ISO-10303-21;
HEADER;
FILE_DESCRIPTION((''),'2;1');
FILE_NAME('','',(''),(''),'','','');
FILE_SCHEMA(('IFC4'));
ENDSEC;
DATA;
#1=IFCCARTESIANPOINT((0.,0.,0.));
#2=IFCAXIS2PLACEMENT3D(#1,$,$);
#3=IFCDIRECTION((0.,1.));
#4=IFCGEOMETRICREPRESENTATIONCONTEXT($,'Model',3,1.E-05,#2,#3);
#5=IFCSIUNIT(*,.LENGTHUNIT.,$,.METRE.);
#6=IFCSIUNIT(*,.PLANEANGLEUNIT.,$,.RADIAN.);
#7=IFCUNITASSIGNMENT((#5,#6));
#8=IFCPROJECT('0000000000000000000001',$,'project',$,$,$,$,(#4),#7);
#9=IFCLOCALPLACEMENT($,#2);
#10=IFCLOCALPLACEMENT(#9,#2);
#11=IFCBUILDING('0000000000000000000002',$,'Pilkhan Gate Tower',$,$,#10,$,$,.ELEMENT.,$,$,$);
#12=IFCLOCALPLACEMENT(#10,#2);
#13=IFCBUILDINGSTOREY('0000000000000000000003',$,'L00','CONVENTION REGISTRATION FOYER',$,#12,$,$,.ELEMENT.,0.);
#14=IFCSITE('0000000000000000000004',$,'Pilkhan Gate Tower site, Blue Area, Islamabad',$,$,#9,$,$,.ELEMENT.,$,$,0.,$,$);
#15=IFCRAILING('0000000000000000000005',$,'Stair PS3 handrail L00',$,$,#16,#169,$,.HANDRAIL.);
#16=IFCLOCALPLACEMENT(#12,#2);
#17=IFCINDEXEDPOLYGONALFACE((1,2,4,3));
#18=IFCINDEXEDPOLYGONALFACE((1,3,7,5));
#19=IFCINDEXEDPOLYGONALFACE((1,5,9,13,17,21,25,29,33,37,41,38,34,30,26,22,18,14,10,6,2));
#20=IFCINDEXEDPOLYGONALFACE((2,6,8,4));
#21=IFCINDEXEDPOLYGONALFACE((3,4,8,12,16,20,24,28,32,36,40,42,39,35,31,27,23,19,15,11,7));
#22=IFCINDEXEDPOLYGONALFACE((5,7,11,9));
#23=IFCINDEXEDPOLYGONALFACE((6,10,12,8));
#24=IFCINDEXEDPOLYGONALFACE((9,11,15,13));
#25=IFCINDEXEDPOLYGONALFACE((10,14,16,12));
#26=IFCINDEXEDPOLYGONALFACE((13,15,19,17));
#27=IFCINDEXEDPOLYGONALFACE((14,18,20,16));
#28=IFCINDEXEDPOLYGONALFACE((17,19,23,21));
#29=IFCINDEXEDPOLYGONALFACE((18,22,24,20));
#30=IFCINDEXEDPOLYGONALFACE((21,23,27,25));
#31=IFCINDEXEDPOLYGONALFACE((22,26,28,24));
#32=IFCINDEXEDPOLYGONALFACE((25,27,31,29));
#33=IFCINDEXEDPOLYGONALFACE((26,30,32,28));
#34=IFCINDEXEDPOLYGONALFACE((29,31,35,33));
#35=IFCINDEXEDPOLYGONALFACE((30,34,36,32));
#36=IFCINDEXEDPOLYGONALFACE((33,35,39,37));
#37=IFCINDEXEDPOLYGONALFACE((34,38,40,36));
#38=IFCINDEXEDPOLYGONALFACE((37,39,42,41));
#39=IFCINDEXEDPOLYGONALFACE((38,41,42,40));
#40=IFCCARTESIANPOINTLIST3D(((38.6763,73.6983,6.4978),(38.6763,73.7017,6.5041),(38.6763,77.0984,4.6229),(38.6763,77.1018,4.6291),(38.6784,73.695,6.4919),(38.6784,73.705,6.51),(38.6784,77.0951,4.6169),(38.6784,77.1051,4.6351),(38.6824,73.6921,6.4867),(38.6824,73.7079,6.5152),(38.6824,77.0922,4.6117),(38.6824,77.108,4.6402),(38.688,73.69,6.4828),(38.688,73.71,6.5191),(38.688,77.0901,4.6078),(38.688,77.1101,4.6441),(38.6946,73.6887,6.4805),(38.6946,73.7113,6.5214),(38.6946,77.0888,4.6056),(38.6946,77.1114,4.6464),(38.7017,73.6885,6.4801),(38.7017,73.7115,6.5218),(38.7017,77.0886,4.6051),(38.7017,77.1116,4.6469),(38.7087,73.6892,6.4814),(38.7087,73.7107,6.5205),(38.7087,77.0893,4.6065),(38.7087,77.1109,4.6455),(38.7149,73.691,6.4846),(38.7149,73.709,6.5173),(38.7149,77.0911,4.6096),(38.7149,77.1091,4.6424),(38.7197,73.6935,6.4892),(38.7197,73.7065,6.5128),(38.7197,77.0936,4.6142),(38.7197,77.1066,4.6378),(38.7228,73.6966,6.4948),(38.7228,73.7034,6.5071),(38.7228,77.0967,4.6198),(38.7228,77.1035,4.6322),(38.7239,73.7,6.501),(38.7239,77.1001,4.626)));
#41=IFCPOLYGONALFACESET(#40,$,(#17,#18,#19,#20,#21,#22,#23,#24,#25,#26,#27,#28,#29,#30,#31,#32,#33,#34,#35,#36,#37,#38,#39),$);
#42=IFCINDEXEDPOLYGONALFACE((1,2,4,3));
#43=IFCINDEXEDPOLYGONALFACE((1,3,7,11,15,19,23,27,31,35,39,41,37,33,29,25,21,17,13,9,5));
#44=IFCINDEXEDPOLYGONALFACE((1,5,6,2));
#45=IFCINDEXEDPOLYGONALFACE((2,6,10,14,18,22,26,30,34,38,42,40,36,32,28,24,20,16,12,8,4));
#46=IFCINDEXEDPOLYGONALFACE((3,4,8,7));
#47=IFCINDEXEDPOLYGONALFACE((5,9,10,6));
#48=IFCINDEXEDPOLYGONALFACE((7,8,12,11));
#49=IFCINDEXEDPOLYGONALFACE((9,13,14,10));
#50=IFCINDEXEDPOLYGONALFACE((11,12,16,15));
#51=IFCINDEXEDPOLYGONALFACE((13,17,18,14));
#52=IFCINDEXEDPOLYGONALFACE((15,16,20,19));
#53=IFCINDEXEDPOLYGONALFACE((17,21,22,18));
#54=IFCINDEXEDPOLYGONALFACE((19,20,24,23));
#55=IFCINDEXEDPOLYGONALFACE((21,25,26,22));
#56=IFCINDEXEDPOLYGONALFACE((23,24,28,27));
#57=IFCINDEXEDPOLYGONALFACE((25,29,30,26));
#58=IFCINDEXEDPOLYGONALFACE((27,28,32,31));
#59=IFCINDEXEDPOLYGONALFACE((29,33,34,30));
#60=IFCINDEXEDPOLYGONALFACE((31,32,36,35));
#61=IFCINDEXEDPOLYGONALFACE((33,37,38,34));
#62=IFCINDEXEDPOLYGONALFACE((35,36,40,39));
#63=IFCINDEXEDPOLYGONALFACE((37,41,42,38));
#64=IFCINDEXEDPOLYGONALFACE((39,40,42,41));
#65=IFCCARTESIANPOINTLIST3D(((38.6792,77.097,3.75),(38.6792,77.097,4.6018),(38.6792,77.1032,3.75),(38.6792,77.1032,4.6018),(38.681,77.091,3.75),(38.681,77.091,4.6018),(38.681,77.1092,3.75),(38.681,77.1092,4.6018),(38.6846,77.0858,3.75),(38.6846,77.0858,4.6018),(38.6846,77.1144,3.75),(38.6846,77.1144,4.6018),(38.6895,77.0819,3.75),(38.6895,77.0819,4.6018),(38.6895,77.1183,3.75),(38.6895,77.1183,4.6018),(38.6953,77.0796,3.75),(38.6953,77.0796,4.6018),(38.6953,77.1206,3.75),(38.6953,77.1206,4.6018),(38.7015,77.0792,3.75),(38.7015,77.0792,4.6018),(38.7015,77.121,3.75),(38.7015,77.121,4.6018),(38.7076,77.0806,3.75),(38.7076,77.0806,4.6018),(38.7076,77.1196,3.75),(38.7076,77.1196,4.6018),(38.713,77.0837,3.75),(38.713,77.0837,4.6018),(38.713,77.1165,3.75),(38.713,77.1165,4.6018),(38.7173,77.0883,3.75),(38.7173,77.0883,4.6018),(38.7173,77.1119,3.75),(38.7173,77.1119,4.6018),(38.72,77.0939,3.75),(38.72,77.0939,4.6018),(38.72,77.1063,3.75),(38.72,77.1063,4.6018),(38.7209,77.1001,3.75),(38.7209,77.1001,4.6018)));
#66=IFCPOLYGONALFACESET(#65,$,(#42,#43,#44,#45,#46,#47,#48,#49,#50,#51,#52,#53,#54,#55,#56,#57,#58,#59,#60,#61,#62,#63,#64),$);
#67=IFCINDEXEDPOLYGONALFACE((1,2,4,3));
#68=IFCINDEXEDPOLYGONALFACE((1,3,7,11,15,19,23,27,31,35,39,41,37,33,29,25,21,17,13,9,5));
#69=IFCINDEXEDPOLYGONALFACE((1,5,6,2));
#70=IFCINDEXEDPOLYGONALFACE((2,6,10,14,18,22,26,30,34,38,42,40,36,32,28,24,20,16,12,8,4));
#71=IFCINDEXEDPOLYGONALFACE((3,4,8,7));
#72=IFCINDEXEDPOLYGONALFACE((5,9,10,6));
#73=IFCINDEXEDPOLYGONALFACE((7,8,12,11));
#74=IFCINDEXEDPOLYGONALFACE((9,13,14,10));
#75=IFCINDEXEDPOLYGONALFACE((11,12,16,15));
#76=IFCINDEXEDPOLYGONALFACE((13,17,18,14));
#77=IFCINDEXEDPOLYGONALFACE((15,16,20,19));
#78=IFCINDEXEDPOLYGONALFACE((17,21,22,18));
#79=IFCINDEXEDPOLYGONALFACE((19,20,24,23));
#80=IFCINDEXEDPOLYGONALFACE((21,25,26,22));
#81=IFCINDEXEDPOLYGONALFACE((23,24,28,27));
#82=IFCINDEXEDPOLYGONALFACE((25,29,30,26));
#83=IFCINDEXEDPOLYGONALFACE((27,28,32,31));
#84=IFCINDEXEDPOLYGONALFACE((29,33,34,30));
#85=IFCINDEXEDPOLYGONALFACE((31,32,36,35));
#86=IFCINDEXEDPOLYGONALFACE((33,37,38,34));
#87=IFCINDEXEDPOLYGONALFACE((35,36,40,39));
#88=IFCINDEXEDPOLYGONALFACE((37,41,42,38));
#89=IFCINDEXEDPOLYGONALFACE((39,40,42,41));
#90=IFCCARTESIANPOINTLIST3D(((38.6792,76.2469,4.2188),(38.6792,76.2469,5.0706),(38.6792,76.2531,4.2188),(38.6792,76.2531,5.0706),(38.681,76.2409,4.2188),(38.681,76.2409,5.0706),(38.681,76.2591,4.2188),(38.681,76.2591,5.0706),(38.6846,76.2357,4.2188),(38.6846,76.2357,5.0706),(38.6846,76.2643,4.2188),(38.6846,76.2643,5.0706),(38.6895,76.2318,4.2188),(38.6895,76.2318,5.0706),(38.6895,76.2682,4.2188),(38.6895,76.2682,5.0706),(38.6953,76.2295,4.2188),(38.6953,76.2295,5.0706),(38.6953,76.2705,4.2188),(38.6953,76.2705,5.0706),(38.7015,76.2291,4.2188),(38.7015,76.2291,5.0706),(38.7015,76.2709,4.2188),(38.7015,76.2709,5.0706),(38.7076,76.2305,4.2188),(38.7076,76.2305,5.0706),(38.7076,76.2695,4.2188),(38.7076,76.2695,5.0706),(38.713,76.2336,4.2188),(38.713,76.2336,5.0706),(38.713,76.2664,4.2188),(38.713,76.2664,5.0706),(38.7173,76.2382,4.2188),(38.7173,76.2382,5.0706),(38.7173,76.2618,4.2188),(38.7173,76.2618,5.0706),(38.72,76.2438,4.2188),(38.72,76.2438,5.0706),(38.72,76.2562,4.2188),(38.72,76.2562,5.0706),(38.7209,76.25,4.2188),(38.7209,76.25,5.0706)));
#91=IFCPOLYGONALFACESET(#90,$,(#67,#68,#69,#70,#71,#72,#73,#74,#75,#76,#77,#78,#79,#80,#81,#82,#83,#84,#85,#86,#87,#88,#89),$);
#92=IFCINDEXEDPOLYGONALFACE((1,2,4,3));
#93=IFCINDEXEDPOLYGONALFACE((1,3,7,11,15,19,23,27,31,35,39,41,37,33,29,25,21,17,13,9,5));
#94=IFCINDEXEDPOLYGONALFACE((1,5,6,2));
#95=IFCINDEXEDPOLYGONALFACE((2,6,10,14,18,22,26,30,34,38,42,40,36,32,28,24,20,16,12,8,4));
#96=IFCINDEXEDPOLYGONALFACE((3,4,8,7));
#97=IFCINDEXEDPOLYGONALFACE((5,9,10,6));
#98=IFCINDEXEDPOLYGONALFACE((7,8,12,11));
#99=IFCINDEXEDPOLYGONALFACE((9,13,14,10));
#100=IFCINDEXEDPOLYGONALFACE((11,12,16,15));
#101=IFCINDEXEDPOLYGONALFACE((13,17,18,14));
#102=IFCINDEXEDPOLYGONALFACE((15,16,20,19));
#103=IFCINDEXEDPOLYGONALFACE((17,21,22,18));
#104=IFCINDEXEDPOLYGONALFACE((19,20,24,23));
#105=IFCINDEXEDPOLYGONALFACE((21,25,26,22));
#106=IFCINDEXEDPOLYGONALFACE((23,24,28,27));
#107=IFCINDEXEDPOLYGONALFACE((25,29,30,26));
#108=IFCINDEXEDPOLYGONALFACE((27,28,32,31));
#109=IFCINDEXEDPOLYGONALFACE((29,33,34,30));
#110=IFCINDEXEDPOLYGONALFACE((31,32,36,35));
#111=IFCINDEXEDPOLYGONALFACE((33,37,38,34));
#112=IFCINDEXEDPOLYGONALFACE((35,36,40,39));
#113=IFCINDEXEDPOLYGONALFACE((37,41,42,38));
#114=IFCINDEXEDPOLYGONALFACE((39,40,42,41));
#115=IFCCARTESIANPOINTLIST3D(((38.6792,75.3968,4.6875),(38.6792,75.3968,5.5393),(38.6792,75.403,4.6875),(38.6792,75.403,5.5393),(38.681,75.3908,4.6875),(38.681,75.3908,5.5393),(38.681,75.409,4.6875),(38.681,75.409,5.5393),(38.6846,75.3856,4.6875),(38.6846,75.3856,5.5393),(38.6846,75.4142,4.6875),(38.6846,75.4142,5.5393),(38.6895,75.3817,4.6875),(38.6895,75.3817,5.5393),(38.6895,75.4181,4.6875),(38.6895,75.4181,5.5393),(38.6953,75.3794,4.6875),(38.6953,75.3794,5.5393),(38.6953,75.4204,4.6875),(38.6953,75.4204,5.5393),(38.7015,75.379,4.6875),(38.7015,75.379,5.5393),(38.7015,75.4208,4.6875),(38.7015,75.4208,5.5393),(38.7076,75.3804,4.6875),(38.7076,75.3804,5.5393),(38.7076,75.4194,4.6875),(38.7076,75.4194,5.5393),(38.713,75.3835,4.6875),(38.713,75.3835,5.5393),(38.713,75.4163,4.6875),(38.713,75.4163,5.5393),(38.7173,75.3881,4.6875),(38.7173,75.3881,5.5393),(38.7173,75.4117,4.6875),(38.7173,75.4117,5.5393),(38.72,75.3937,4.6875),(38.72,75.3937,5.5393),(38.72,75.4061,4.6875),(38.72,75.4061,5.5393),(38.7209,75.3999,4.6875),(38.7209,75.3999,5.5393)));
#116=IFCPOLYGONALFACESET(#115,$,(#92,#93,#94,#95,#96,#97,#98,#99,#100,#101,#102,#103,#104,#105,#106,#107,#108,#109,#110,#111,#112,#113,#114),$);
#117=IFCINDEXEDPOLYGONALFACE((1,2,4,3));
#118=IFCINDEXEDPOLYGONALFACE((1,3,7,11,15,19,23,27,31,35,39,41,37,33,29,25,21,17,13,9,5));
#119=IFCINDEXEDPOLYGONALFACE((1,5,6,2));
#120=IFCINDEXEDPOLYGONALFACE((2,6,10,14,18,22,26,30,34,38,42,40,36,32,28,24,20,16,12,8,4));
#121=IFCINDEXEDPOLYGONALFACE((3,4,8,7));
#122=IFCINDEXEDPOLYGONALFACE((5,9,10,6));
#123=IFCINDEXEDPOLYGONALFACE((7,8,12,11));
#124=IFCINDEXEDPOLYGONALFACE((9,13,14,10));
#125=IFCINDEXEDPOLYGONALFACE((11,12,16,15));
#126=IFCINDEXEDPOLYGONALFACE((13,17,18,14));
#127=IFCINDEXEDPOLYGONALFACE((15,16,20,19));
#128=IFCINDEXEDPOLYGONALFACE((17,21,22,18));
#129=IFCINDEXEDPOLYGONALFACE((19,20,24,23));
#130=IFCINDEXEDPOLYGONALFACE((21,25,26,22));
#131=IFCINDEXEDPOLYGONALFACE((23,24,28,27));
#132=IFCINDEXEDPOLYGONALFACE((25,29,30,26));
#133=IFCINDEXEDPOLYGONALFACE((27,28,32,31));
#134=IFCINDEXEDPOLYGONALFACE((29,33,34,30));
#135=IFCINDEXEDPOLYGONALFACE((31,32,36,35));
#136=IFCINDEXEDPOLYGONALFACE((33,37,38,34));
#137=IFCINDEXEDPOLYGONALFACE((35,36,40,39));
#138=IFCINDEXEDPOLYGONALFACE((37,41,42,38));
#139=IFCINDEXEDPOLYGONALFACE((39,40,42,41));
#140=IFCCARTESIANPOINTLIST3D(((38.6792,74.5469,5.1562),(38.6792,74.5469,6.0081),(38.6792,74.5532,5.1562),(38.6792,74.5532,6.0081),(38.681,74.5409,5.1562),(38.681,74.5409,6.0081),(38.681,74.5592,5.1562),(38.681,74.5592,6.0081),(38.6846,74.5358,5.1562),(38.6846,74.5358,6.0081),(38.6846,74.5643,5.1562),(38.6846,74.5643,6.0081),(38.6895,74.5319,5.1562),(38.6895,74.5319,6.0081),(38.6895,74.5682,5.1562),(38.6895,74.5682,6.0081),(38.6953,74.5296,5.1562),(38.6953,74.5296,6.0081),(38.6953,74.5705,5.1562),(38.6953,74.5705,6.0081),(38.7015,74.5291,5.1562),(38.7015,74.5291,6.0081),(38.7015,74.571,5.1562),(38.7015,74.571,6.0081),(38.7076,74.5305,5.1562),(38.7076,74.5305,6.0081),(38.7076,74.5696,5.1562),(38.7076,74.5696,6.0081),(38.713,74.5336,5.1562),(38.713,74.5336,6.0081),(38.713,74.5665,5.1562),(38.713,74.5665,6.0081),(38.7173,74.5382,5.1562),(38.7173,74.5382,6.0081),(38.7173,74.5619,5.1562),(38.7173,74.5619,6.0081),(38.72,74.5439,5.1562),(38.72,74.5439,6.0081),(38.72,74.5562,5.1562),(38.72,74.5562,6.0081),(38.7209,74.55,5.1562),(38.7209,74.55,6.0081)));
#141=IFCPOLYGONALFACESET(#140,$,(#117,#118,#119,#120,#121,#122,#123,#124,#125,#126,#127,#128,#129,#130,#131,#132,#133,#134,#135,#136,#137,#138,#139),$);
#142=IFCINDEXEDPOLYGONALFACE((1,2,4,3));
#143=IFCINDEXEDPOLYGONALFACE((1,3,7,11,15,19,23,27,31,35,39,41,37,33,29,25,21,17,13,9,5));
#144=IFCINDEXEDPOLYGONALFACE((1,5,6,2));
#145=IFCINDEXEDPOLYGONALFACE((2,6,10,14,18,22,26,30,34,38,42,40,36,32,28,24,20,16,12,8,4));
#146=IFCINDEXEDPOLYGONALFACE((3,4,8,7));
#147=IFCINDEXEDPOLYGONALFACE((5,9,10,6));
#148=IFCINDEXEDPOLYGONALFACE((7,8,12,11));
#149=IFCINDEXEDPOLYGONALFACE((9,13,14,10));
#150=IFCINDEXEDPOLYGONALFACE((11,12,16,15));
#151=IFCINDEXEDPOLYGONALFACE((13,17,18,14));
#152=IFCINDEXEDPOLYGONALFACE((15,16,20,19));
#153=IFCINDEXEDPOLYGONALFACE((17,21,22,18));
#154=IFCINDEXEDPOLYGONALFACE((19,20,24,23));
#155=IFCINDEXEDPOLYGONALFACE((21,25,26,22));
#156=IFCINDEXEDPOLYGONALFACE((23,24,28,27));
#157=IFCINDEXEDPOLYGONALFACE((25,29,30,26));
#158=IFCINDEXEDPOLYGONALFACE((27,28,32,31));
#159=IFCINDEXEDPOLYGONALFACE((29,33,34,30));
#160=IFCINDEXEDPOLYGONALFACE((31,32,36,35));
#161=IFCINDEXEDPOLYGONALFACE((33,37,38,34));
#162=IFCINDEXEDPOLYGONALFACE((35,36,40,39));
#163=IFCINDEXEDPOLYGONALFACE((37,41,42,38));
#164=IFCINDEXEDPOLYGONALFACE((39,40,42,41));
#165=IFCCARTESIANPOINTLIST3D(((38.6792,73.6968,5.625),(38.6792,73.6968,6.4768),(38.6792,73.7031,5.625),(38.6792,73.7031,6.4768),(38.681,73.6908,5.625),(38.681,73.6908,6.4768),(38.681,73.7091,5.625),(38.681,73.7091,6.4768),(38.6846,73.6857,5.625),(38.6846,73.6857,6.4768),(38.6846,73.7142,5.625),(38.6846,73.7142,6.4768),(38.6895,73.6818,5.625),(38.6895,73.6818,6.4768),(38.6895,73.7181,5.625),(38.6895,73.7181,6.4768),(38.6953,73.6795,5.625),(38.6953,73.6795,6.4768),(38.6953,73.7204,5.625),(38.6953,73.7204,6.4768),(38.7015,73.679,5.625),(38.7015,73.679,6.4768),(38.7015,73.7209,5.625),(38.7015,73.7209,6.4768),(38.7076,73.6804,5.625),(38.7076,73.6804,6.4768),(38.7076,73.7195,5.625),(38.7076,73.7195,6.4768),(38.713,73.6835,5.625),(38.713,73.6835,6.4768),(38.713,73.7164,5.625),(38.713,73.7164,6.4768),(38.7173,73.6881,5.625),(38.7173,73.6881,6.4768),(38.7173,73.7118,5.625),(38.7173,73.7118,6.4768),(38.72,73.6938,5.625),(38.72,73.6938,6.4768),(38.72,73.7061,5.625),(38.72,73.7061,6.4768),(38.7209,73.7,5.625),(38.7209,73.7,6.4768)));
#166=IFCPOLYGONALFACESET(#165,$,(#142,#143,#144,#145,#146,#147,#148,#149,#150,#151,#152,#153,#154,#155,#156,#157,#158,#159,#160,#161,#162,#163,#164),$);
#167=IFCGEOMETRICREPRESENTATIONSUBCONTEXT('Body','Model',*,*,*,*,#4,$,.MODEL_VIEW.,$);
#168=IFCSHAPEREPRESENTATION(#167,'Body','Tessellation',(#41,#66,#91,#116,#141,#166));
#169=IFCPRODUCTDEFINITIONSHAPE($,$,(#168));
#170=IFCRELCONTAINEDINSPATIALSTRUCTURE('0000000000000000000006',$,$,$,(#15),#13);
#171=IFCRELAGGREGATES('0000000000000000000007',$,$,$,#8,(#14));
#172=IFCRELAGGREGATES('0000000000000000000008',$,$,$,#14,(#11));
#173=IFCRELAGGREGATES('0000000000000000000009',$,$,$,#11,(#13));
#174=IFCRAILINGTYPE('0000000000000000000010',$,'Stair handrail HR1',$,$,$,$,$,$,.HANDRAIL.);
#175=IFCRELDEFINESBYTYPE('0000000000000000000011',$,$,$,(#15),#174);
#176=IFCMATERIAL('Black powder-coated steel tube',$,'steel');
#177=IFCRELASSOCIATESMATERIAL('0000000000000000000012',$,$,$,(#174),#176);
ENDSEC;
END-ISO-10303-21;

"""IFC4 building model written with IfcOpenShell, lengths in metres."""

from ifc_helpers import new_model, si_unit, direction, frame, origin, origin_2d, place, context, subcontext, project, spatial, circle, extrude, material, type_object, element, save


model = new_model("IFC4")

# Units and contexts
model_context = context("Model", 3, precision=1e-05, world=origin(), true_north=direction((0.0, 1.0)))
body_context = subcontext(model_context, "Body", "Model", "MODEL_VIEW")
ifc_project = project(units=[si_unit("LENGTHUNIT", "METRE"), si_unit("PLANEANGLEUNIT", "RADIAN")], contexts=[model_context])

# Site, building, storey
site_placement = place(None, origin())
site = spatial("IfcSite", under=ifc_project, at=site_placement, Name="Pilkhan Gate Tower site, Blue Area, Islamabad", CompositionType="ELEMENT", RefElevation=0.0)
building_placement = place(site_placement, origin())
building = spatial("IfcBuilding", under=site, at=building_placement, Name="Pilkhan Gate Tower", CompositionType="ELEMENT")
storey_placement = place(building_placement, origin())
storey = spatial("IfcBuildingStorey", under=building, at=storey_placement, Name="L00", Description="CONVENTION REGISTRATION FOYER", CompositionType="ELEMENT", Elevation=0.0)

# Railing
ifc_material_1 = material(Name="Black powder-coated steel tube", Category="steel")
railing_type_1 = type_object("IfcRailingType", Name="Stair handrail HR1", PredefinedType="HANDRAIL", material=ifc_material_1)
railing_1_placement = place(storey_placement, frame((38.7, 77.1001, 3.75)))
element("IfcRailing", 1, at=railing_1_placement, inside=storey, type_object=railing_type_1, Name="Stair PS3 handrail L00", PredefinedType="HANDRAIL", context=body_context, shape_type="SweptSolid", body=[
    extrude(circle(Radius=0.0239, at=origin_2d()), frame((0.0, 0.0, 0.876), z_axis=(0.0, -0.87568, 0.482891), x_axis=(1.0, 0.0, 0.0)), (0.0, 0.0, 1.0), 3.8828),
    extrude(circle(Radius=0.021, at=origin_2d()), origin(), (0.0, 0.0, 1.0), 0.8518),
    extrude(circle(Radius=0.021, at=origin_2d()), frame((0.0, -0.8501, 0.4688)), (0.0, 0.0, 1.0), 0.8518),
    extrude(circle(Radius=0.021, at=origin_2d()), frame((0.0, -1.7002, 0.9375)), (0.0, 0.0, 1.0), 0.8518),
    extrude(circle(Radius=0.021, at=origin_2d()), frame((0.0, -2.55, 1.4062)), (0.0, 0.0, 1.0), 0.8518),
    extrude(circle(Radius=0.021, at=origin_2d()), frame((0.0, -3.4001, 1.875)), (0.0, 0.0, 1.0), 0.8518),
])

save(model, "model.ifc")
